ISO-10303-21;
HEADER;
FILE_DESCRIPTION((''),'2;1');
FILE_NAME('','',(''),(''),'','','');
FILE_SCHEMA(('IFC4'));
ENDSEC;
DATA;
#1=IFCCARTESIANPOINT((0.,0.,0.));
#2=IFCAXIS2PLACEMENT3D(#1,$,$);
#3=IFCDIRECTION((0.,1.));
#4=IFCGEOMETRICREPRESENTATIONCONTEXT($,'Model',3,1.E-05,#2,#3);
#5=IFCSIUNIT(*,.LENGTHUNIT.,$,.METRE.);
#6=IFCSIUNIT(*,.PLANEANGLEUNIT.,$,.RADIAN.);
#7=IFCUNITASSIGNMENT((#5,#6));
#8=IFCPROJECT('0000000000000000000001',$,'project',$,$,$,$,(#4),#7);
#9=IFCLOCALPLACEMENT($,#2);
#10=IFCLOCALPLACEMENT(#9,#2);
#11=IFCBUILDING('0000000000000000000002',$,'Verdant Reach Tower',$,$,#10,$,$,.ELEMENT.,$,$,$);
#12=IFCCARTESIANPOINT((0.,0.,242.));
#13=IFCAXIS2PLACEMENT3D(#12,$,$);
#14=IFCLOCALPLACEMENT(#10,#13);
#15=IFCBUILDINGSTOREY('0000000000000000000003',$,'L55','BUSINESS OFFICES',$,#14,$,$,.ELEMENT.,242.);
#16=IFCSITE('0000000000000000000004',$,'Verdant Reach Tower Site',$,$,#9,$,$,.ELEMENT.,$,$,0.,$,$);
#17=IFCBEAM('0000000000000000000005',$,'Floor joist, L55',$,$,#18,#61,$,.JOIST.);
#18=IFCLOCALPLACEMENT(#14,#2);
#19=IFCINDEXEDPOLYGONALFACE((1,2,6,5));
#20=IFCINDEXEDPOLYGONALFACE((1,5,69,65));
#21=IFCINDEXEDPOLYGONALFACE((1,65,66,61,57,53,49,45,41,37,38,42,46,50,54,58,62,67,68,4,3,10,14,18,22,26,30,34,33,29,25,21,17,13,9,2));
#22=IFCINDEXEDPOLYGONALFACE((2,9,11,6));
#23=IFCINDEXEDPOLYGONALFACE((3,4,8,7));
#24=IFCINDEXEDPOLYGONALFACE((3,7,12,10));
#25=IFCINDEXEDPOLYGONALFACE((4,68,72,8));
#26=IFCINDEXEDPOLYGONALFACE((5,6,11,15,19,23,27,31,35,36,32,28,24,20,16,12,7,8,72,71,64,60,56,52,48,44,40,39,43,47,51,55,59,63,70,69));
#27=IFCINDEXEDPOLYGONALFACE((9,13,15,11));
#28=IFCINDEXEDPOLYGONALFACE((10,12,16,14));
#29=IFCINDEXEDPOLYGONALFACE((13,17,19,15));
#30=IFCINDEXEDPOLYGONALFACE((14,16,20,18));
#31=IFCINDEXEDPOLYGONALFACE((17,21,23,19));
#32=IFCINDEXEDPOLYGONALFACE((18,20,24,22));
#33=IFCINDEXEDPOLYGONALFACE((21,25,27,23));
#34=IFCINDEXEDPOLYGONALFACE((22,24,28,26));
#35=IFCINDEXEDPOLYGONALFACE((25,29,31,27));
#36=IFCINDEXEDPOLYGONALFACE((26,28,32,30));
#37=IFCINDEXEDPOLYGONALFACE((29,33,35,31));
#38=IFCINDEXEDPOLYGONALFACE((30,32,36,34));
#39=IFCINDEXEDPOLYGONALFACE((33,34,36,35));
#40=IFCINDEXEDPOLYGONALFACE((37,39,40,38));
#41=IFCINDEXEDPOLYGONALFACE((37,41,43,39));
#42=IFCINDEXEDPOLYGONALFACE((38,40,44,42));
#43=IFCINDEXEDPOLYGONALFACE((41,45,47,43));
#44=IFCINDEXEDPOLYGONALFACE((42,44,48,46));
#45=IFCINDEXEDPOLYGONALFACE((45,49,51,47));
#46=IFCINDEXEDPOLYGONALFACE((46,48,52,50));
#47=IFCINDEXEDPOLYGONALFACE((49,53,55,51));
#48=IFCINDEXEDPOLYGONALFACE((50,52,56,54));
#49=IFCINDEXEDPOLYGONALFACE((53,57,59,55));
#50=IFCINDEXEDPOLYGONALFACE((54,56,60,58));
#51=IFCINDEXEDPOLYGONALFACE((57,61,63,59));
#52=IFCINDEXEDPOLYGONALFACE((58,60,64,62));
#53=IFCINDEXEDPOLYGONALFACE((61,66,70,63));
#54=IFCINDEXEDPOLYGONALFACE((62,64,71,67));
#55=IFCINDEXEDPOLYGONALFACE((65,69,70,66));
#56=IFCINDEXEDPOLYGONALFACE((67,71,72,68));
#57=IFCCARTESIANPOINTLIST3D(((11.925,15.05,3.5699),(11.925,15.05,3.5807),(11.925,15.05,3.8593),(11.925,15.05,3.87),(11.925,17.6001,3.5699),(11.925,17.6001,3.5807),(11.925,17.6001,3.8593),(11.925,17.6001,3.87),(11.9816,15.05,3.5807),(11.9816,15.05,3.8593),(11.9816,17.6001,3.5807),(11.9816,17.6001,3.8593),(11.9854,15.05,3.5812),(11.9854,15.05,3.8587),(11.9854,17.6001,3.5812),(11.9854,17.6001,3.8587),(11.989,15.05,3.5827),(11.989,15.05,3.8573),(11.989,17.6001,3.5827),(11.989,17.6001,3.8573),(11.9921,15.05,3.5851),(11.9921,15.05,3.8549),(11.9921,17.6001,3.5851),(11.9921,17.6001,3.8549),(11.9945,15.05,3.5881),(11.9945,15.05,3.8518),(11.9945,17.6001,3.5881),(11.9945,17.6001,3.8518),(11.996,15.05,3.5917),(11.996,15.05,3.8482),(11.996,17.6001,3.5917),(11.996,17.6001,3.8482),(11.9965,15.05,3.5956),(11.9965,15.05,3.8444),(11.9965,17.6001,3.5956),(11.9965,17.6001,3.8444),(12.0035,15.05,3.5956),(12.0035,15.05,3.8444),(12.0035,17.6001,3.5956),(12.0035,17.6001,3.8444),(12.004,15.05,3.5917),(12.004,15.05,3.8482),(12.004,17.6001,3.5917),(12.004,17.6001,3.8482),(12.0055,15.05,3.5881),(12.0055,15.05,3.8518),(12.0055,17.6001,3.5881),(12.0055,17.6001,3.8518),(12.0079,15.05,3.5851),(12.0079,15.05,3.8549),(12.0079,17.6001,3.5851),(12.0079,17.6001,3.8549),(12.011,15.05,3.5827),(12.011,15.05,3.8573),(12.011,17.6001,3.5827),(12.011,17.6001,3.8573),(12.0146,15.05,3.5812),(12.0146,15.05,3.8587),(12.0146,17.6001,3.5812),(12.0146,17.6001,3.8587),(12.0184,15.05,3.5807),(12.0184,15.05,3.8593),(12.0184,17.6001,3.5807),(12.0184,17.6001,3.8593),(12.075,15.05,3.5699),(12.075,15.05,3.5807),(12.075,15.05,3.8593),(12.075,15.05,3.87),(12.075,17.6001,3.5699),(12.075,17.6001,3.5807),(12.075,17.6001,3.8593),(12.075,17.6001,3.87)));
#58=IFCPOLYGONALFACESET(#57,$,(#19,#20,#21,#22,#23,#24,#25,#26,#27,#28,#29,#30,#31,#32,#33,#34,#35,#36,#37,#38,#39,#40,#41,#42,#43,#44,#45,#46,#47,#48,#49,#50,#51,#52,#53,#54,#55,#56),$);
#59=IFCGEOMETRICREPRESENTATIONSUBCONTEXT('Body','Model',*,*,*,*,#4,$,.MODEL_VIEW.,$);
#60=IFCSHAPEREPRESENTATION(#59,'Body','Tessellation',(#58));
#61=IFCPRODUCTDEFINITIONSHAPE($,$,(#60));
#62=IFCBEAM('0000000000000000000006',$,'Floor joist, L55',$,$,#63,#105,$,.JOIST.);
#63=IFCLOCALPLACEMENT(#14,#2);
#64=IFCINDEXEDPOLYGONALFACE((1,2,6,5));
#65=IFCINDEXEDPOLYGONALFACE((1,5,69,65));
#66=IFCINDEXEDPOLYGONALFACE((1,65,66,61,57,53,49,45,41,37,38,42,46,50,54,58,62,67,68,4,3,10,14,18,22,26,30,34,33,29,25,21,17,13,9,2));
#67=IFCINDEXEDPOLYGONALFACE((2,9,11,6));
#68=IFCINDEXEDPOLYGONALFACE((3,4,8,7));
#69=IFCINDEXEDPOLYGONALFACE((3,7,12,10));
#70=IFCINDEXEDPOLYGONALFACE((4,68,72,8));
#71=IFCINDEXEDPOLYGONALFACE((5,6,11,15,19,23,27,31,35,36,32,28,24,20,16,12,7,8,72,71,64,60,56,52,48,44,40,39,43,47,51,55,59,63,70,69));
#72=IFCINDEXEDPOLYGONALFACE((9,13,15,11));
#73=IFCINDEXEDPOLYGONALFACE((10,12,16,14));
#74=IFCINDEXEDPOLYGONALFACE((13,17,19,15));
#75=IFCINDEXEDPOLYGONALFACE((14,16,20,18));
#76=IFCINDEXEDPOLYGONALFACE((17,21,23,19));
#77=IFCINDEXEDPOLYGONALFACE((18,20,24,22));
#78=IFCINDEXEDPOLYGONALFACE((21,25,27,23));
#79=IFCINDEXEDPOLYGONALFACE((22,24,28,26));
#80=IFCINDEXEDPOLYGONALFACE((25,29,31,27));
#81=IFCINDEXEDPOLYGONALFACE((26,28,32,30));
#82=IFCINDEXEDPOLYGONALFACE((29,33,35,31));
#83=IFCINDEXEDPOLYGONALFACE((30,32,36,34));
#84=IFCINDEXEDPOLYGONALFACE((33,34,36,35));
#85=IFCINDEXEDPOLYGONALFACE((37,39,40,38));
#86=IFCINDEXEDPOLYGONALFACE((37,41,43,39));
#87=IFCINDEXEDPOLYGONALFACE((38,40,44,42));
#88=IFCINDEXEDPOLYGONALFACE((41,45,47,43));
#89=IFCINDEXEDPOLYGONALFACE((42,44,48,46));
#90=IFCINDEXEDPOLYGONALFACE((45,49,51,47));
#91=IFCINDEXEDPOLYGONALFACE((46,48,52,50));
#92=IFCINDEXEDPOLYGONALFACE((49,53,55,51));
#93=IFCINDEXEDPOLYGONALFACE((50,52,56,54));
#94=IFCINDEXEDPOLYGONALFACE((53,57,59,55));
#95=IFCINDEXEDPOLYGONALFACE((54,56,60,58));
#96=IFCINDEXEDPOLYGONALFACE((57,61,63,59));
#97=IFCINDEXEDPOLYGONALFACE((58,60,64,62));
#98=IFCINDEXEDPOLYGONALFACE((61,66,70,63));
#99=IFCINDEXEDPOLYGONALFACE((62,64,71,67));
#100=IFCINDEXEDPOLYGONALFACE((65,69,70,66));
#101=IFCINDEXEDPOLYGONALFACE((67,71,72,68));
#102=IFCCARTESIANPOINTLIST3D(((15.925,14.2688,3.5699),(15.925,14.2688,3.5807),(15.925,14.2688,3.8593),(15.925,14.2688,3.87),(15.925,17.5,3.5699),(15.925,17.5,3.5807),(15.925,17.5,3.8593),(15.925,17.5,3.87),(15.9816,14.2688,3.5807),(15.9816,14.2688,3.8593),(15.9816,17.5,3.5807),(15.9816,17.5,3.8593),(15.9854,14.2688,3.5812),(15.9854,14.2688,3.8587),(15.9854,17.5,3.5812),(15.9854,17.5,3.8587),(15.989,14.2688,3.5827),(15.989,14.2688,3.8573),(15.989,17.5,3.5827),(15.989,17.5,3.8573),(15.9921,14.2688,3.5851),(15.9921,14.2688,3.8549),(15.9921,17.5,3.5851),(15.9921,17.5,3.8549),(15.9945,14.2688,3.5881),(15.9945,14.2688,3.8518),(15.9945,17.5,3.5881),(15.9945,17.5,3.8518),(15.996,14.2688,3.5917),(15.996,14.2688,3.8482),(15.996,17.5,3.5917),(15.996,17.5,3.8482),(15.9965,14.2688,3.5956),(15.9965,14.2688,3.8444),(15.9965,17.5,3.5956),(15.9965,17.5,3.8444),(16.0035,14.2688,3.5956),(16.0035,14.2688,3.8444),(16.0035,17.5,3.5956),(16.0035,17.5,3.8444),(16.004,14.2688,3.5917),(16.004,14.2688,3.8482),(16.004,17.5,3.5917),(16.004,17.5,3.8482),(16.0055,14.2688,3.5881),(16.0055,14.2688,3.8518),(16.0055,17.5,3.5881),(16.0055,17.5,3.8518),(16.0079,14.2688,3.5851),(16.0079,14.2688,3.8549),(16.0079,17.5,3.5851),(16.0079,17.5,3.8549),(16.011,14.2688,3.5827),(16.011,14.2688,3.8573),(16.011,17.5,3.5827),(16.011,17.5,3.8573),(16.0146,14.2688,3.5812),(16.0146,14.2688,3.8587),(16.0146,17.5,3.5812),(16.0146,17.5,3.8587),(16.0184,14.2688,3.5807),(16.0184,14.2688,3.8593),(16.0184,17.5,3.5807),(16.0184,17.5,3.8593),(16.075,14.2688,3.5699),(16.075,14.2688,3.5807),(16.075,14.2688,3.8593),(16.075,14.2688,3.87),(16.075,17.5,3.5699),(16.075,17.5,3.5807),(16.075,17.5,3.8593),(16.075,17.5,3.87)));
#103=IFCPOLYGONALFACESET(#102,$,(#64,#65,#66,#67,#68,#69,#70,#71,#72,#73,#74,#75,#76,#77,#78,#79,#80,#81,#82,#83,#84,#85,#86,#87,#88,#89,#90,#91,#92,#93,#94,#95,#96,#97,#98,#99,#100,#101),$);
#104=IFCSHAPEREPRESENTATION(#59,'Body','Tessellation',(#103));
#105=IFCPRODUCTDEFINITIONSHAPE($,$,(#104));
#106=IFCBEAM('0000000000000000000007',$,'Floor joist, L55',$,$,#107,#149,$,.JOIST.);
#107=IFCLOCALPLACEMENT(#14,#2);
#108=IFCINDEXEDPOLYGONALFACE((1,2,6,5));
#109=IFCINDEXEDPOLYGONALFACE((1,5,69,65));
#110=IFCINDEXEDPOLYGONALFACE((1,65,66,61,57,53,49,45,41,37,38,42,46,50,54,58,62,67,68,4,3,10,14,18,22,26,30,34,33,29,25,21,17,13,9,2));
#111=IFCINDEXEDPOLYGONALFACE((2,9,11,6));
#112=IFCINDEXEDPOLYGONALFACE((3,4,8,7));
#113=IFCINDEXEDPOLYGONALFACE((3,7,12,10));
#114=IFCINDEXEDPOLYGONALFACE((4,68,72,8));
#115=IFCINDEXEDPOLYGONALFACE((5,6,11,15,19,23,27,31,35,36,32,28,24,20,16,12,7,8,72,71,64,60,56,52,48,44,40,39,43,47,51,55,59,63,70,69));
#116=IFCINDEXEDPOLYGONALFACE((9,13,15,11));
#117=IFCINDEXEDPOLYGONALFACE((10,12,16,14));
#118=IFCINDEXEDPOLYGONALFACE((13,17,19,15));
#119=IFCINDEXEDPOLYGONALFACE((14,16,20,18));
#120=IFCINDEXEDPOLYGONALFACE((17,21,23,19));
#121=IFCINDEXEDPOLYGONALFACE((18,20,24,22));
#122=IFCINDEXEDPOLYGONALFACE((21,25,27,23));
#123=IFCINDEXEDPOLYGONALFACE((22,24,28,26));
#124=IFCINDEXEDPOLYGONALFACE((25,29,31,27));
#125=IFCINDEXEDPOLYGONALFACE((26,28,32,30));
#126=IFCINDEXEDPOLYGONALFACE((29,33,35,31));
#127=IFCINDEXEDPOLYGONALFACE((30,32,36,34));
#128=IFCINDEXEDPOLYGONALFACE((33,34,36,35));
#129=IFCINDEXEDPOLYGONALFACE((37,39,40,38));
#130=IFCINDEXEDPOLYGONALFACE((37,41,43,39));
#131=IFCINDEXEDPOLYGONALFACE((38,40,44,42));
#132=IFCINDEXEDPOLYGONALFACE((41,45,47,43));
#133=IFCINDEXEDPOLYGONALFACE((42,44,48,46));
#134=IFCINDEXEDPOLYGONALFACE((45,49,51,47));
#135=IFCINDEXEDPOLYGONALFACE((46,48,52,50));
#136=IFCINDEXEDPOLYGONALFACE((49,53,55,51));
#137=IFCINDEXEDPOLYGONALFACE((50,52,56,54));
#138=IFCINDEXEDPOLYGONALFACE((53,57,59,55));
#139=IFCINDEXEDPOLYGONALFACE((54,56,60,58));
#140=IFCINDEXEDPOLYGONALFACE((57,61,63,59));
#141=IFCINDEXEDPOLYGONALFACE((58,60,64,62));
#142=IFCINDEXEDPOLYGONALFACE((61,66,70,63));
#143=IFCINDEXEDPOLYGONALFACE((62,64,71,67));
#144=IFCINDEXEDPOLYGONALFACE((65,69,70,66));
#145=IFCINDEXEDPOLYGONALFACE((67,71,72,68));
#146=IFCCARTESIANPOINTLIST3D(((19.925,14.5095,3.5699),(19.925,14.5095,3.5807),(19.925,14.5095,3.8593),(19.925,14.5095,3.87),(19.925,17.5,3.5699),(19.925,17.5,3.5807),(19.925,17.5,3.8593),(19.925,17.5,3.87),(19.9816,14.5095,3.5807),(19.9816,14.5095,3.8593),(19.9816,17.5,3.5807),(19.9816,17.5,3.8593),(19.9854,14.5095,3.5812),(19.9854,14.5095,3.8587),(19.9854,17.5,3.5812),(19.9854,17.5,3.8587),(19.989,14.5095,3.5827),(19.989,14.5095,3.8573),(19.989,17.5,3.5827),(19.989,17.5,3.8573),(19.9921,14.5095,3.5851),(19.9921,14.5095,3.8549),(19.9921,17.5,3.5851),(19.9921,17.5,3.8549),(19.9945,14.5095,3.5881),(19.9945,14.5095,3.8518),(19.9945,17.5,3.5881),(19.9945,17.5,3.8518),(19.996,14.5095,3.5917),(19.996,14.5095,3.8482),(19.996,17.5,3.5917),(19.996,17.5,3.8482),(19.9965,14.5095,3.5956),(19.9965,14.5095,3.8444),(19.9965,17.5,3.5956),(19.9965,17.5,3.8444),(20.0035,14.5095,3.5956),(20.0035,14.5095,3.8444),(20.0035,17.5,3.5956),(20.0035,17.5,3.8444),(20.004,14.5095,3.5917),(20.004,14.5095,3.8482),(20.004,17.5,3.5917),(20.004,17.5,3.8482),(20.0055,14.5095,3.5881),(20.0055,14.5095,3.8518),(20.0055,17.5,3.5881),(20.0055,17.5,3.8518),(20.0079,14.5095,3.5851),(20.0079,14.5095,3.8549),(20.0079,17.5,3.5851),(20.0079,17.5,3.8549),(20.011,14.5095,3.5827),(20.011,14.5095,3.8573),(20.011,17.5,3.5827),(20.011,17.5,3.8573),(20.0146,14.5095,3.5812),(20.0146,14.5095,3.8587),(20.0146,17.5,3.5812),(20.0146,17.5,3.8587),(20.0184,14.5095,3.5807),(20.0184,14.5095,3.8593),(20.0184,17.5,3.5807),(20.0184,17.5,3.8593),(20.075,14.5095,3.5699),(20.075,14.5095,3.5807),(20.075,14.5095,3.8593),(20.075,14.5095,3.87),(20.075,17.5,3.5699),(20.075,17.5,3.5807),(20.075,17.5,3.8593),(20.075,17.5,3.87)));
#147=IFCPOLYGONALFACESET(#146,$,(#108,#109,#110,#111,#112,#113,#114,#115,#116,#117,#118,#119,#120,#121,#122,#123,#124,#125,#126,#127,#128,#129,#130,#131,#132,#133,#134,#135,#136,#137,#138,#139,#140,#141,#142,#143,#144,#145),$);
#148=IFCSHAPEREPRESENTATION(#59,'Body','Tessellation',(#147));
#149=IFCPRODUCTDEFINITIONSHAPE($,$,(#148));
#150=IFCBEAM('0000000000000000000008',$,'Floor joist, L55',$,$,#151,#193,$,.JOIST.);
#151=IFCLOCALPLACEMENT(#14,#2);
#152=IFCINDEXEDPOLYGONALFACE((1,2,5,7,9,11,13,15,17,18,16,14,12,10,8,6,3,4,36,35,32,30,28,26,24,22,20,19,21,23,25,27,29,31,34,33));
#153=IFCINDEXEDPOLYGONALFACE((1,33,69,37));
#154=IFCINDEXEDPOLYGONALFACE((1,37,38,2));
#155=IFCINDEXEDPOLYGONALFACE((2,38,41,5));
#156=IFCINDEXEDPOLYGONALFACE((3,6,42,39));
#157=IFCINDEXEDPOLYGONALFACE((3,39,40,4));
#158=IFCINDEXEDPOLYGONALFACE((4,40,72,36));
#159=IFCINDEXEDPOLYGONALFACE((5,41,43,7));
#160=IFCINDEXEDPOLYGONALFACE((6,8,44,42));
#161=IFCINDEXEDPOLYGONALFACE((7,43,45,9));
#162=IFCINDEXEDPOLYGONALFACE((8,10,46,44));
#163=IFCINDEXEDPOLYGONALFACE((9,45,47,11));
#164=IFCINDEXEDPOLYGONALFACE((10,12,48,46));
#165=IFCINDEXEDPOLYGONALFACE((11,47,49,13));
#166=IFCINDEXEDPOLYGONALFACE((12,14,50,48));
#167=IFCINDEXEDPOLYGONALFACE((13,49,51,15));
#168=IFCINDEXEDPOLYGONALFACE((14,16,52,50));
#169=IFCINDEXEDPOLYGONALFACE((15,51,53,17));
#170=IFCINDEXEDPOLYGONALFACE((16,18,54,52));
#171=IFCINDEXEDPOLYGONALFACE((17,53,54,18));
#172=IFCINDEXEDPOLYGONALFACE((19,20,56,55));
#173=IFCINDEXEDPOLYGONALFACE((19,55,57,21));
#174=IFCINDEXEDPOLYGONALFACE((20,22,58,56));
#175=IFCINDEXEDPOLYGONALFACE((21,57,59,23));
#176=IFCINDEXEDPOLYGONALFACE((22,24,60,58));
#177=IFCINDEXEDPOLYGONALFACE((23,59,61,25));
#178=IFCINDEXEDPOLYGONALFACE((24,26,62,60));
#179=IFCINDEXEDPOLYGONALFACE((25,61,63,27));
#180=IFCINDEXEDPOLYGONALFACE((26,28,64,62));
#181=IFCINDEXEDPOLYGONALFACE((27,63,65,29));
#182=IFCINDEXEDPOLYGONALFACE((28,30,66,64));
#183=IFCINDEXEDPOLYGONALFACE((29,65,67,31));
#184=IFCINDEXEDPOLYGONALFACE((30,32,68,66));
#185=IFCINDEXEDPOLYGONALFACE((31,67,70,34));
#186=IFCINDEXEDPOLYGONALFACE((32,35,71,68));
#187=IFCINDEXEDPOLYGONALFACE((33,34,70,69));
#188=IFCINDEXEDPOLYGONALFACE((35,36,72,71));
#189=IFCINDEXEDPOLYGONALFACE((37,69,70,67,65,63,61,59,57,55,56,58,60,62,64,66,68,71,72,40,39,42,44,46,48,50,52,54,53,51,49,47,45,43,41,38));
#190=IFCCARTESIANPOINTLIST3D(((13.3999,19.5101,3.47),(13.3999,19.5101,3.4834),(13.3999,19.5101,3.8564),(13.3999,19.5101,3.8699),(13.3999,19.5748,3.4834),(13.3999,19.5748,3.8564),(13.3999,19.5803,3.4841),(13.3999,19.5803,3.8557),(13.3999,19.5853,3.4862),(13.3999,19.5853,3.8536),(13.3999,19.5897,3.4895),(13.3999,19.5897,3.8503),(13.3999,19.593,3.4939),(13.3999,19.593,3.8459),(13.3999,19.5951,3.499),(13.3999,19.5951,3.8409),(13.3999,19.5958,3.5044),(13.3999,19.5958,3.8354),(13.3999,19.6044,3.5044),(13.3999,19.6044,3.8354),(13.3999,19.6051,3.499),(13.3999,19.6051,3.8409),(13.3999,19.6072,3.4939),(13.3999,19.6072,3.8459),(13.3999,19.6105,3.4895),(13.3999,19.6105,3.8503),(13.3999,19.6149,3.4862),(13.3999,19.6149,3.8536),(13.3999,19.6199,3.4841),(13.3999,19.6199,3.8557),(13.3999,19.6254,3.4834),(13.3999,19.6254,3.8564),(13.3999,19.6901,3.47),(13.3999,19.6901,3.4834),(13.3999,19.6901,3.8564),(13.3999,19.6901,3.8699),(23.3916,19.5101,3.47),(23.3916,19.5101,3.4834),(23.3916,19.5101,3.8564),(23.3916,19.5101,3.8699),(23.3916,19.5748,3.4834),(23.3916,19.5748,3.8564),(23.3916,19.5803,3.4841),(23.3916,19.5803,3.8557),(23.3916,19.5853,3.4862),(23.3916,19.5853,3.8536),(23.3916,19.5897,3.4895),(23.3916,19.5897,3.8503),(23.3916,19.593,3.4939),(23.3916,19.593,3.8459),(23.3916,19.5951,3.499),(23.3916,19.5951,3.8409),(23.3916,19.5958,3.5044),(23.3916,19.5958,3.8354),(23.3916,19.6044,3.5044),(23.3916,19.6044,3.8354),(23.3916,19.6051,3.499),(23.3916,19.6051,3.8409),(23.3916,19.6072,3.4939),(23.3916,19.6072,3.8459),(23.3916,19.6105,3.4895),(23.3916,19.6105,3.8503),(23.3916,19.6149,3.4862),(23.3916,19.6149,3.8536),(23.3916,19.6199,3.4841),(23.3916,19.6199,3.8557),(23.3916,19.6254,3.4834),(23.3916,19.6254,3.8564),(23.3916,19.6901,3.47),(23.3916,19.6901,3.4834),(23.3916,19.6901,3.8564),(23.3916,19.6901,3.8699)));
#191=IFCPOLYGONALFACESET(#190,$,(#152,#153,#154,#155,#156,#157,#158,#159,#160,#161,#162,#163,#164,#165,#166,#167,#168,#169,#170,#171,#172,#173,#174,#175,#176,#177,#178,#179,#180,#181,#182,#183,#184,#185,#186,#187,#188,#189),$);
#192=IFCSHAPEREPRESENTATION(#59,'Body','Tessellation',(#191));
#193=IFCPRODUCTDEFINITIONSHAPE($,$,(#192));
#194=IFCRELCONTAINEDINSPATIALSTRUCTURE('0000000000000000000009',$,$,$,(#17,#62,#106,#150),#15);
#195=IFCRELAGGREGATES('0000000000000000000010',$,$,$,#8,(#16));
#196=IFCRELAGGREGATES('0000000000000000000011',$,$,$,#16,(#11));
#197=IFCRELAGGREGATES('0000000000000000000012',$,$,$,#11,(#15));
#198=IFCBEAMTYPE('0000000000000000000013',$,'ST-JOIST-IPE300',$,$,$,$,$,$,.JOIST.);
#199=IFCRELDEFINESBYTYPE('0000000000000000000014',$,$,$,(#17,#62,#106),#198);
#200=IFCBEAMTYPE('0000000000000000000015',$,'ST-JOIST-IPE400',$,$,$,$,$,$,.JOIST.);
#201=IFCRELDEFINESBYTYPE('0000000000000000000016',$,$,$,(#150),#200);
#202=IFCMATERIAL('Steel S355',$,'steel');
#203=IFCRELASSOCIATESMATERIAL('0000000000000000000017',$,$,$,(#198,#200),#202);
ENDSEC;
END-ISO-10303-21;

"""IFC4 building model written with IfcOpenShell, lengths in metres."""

from ifc_helpers import new_model, si_unit, direction, frame, origin, origin_2d, place, context, subcontext, project, spatial, i_section, extrude, material, material_profile, profile_set, type_object, element, save


model = new_model("IFC4")

# Units and contexts
model_context = context("Model", 3, precision=1e-05, world=origin(), true_north=direction((0.0, 1.0)))
body_context = subcontext(model_context, "Body", "Model", "MODEL_VIEW")
ifc_project = project(units=[si_unit("LENGTHUNIT", "METRE"), si_unit("PLANEANGLEUNIT", "RADIAN")], contexts=[model_context])

# Site, building, storey
site_placement = place(None, origin())
site = spatial("IfcSite", under=ifc_project, at=site_placement, Name="Verdant Reach Tower Site", CompositionType="ELEMENT", RefElevation=0.0)
building_placement = place(site_placement, origin())
building = spatial("IfcBuilding", under=site, at=building_placement, Name="Verdant Reach Tower", CompositionType="ELEMENT")
storey_placement = place(building_placement, frame((0.0, 0.0, 242.0)))
storey = spatial("IfcBuildingStorey", under=building, at=storey_placement, Name="L55", Description="BUSINESS OFFICES", CompositionType="ELEMENT", Elevation=242.0)

# Beams
ifc_material_1 = material(Name="Steel S355", Category="steel")
ifc_material_profile_1 = material_profile(ifc_material_1, i_section(OverallWidth=0.1499, OverallDepth=0.3, WebThickness=0.0071, FlangeThickness=0.0107, FilletRadius=0.0149, at=origin_2d()), Name="IPE 300")
ifc_profile_set_1 = profile_set([ifc_material_profile_1], Name="Steel S355")
beam_type_1 = type_object("IfcBeamType", Name="ST-JOIST-IPE300", PredefinedType="JOIST", material=ifc_profile_set_1)
beam_1_placement = place(storey_placement, frame((12.0, 17.6001, 3.72), z_axis=(0.0, -1.0, 0.0), x_axis=(1.0, 0.0, 0.0)))
element("IfcBeam", 1, at=beam_1_placement, inside=storey, type_object=beam_type_1, Name="Floor joist, L55", PredefinedType="JOIST", context=body_context, shape_type="SweptSolid", body=[
    extrude(i_section(OverallWidth=0.1499, OverallDepth=0.3, WebThickness=0.0071, FlangeThickness=0.0107, FilletRadius=0.0149, at=origin_2d()), origin(), (0.0, 0.0, 1.0), 2.55),
])
beam_2_placement = place(storey_placement, frame((16.0, 17.5, 3.72), z_axis=(0.0, -1.0, 0.0), x_axis=(1.0, 0.0, 0.0)))
element("IfcBeam", 2, at=beam_2_placement, inside=storey, type_object=beam_type_1, Name="Floor joist, L55", PredefinedType="JOIST", context=body_context, shape_type="SweptSolid", body=[
    extrude(i_section(OverallWidth=0.1499, OverallDepth=0.3, WebThickness=0.0071, FlangeThickness=0.0107, FilletRadius=0.0149, at=origin_2d()), origin(), (0.0, 0.0, 1.0), 3.2312),
])
beam_3_placement = place(storey_placement, frame((20.0, 17.5, 3.72), z_axis=(0.0, -1.0, 0.0), x_axis=(1.0, 0.0, 0.0)))
element("IfcBeam", 3, at=beam_3_placement, inside=storey, type_object=beam_type_1, Name="Floor joist, L55", PredefinedType="JOIST", context=body_context, shape_type="SweptSolid", body=[
    extrude(i_section(OverallWidth=0.1499, OverallDepth=0.3, WebThickness=0.0071, FlangeThickness=0.0107, FilletRadius=0.0149, at=origin_2d()), origin(), (0.0, 0.0, 1.0), 2.9905),
])
ifc_material_profile_2 = material_profile(ifc_material_1, i_section(OverallWidth=0.1799, OverallDepth=0.3999, WebThickness=0.0085, FlangeThickness=0.0134, FilletRadius=0.021, at=origin_2d()), Name="IPE 400")
ifc_profile_set_2 = profile_set([ifc_material_profile_2], Name="Steel S355")
beam_type_2 = type_object("IfcBeamType", Name="ST-JOIST-IPE400", PredefinedType="JOIST", material=ifc_profile_set_2)
beam_4_placement = place(storey_placement, frame((13.3999, 19.6001, 3.6699), z_axis=(1.0, 0.0, 0.0), x_axis=(0.0, 1.0, 0.0)))
element("IfcBeam", 4, at=beam_4_placement, inside=storey, type_object=beam_type_2, Name="Floor joist, L55", PredefinedType="JOIST", context=body_context, shape_type="SweptSolid", body=[
    extrude(i_section(OverallWidth=0.1799, OverallDepth=0.3999, WebThickness=0.0085, FlangeThickness=0.0134, FilletRadius=0.021, at=origin_2d()), origin(), (0.0, 0.0, 1.0), 9.9917),
])

save(model, "model.ifc")
